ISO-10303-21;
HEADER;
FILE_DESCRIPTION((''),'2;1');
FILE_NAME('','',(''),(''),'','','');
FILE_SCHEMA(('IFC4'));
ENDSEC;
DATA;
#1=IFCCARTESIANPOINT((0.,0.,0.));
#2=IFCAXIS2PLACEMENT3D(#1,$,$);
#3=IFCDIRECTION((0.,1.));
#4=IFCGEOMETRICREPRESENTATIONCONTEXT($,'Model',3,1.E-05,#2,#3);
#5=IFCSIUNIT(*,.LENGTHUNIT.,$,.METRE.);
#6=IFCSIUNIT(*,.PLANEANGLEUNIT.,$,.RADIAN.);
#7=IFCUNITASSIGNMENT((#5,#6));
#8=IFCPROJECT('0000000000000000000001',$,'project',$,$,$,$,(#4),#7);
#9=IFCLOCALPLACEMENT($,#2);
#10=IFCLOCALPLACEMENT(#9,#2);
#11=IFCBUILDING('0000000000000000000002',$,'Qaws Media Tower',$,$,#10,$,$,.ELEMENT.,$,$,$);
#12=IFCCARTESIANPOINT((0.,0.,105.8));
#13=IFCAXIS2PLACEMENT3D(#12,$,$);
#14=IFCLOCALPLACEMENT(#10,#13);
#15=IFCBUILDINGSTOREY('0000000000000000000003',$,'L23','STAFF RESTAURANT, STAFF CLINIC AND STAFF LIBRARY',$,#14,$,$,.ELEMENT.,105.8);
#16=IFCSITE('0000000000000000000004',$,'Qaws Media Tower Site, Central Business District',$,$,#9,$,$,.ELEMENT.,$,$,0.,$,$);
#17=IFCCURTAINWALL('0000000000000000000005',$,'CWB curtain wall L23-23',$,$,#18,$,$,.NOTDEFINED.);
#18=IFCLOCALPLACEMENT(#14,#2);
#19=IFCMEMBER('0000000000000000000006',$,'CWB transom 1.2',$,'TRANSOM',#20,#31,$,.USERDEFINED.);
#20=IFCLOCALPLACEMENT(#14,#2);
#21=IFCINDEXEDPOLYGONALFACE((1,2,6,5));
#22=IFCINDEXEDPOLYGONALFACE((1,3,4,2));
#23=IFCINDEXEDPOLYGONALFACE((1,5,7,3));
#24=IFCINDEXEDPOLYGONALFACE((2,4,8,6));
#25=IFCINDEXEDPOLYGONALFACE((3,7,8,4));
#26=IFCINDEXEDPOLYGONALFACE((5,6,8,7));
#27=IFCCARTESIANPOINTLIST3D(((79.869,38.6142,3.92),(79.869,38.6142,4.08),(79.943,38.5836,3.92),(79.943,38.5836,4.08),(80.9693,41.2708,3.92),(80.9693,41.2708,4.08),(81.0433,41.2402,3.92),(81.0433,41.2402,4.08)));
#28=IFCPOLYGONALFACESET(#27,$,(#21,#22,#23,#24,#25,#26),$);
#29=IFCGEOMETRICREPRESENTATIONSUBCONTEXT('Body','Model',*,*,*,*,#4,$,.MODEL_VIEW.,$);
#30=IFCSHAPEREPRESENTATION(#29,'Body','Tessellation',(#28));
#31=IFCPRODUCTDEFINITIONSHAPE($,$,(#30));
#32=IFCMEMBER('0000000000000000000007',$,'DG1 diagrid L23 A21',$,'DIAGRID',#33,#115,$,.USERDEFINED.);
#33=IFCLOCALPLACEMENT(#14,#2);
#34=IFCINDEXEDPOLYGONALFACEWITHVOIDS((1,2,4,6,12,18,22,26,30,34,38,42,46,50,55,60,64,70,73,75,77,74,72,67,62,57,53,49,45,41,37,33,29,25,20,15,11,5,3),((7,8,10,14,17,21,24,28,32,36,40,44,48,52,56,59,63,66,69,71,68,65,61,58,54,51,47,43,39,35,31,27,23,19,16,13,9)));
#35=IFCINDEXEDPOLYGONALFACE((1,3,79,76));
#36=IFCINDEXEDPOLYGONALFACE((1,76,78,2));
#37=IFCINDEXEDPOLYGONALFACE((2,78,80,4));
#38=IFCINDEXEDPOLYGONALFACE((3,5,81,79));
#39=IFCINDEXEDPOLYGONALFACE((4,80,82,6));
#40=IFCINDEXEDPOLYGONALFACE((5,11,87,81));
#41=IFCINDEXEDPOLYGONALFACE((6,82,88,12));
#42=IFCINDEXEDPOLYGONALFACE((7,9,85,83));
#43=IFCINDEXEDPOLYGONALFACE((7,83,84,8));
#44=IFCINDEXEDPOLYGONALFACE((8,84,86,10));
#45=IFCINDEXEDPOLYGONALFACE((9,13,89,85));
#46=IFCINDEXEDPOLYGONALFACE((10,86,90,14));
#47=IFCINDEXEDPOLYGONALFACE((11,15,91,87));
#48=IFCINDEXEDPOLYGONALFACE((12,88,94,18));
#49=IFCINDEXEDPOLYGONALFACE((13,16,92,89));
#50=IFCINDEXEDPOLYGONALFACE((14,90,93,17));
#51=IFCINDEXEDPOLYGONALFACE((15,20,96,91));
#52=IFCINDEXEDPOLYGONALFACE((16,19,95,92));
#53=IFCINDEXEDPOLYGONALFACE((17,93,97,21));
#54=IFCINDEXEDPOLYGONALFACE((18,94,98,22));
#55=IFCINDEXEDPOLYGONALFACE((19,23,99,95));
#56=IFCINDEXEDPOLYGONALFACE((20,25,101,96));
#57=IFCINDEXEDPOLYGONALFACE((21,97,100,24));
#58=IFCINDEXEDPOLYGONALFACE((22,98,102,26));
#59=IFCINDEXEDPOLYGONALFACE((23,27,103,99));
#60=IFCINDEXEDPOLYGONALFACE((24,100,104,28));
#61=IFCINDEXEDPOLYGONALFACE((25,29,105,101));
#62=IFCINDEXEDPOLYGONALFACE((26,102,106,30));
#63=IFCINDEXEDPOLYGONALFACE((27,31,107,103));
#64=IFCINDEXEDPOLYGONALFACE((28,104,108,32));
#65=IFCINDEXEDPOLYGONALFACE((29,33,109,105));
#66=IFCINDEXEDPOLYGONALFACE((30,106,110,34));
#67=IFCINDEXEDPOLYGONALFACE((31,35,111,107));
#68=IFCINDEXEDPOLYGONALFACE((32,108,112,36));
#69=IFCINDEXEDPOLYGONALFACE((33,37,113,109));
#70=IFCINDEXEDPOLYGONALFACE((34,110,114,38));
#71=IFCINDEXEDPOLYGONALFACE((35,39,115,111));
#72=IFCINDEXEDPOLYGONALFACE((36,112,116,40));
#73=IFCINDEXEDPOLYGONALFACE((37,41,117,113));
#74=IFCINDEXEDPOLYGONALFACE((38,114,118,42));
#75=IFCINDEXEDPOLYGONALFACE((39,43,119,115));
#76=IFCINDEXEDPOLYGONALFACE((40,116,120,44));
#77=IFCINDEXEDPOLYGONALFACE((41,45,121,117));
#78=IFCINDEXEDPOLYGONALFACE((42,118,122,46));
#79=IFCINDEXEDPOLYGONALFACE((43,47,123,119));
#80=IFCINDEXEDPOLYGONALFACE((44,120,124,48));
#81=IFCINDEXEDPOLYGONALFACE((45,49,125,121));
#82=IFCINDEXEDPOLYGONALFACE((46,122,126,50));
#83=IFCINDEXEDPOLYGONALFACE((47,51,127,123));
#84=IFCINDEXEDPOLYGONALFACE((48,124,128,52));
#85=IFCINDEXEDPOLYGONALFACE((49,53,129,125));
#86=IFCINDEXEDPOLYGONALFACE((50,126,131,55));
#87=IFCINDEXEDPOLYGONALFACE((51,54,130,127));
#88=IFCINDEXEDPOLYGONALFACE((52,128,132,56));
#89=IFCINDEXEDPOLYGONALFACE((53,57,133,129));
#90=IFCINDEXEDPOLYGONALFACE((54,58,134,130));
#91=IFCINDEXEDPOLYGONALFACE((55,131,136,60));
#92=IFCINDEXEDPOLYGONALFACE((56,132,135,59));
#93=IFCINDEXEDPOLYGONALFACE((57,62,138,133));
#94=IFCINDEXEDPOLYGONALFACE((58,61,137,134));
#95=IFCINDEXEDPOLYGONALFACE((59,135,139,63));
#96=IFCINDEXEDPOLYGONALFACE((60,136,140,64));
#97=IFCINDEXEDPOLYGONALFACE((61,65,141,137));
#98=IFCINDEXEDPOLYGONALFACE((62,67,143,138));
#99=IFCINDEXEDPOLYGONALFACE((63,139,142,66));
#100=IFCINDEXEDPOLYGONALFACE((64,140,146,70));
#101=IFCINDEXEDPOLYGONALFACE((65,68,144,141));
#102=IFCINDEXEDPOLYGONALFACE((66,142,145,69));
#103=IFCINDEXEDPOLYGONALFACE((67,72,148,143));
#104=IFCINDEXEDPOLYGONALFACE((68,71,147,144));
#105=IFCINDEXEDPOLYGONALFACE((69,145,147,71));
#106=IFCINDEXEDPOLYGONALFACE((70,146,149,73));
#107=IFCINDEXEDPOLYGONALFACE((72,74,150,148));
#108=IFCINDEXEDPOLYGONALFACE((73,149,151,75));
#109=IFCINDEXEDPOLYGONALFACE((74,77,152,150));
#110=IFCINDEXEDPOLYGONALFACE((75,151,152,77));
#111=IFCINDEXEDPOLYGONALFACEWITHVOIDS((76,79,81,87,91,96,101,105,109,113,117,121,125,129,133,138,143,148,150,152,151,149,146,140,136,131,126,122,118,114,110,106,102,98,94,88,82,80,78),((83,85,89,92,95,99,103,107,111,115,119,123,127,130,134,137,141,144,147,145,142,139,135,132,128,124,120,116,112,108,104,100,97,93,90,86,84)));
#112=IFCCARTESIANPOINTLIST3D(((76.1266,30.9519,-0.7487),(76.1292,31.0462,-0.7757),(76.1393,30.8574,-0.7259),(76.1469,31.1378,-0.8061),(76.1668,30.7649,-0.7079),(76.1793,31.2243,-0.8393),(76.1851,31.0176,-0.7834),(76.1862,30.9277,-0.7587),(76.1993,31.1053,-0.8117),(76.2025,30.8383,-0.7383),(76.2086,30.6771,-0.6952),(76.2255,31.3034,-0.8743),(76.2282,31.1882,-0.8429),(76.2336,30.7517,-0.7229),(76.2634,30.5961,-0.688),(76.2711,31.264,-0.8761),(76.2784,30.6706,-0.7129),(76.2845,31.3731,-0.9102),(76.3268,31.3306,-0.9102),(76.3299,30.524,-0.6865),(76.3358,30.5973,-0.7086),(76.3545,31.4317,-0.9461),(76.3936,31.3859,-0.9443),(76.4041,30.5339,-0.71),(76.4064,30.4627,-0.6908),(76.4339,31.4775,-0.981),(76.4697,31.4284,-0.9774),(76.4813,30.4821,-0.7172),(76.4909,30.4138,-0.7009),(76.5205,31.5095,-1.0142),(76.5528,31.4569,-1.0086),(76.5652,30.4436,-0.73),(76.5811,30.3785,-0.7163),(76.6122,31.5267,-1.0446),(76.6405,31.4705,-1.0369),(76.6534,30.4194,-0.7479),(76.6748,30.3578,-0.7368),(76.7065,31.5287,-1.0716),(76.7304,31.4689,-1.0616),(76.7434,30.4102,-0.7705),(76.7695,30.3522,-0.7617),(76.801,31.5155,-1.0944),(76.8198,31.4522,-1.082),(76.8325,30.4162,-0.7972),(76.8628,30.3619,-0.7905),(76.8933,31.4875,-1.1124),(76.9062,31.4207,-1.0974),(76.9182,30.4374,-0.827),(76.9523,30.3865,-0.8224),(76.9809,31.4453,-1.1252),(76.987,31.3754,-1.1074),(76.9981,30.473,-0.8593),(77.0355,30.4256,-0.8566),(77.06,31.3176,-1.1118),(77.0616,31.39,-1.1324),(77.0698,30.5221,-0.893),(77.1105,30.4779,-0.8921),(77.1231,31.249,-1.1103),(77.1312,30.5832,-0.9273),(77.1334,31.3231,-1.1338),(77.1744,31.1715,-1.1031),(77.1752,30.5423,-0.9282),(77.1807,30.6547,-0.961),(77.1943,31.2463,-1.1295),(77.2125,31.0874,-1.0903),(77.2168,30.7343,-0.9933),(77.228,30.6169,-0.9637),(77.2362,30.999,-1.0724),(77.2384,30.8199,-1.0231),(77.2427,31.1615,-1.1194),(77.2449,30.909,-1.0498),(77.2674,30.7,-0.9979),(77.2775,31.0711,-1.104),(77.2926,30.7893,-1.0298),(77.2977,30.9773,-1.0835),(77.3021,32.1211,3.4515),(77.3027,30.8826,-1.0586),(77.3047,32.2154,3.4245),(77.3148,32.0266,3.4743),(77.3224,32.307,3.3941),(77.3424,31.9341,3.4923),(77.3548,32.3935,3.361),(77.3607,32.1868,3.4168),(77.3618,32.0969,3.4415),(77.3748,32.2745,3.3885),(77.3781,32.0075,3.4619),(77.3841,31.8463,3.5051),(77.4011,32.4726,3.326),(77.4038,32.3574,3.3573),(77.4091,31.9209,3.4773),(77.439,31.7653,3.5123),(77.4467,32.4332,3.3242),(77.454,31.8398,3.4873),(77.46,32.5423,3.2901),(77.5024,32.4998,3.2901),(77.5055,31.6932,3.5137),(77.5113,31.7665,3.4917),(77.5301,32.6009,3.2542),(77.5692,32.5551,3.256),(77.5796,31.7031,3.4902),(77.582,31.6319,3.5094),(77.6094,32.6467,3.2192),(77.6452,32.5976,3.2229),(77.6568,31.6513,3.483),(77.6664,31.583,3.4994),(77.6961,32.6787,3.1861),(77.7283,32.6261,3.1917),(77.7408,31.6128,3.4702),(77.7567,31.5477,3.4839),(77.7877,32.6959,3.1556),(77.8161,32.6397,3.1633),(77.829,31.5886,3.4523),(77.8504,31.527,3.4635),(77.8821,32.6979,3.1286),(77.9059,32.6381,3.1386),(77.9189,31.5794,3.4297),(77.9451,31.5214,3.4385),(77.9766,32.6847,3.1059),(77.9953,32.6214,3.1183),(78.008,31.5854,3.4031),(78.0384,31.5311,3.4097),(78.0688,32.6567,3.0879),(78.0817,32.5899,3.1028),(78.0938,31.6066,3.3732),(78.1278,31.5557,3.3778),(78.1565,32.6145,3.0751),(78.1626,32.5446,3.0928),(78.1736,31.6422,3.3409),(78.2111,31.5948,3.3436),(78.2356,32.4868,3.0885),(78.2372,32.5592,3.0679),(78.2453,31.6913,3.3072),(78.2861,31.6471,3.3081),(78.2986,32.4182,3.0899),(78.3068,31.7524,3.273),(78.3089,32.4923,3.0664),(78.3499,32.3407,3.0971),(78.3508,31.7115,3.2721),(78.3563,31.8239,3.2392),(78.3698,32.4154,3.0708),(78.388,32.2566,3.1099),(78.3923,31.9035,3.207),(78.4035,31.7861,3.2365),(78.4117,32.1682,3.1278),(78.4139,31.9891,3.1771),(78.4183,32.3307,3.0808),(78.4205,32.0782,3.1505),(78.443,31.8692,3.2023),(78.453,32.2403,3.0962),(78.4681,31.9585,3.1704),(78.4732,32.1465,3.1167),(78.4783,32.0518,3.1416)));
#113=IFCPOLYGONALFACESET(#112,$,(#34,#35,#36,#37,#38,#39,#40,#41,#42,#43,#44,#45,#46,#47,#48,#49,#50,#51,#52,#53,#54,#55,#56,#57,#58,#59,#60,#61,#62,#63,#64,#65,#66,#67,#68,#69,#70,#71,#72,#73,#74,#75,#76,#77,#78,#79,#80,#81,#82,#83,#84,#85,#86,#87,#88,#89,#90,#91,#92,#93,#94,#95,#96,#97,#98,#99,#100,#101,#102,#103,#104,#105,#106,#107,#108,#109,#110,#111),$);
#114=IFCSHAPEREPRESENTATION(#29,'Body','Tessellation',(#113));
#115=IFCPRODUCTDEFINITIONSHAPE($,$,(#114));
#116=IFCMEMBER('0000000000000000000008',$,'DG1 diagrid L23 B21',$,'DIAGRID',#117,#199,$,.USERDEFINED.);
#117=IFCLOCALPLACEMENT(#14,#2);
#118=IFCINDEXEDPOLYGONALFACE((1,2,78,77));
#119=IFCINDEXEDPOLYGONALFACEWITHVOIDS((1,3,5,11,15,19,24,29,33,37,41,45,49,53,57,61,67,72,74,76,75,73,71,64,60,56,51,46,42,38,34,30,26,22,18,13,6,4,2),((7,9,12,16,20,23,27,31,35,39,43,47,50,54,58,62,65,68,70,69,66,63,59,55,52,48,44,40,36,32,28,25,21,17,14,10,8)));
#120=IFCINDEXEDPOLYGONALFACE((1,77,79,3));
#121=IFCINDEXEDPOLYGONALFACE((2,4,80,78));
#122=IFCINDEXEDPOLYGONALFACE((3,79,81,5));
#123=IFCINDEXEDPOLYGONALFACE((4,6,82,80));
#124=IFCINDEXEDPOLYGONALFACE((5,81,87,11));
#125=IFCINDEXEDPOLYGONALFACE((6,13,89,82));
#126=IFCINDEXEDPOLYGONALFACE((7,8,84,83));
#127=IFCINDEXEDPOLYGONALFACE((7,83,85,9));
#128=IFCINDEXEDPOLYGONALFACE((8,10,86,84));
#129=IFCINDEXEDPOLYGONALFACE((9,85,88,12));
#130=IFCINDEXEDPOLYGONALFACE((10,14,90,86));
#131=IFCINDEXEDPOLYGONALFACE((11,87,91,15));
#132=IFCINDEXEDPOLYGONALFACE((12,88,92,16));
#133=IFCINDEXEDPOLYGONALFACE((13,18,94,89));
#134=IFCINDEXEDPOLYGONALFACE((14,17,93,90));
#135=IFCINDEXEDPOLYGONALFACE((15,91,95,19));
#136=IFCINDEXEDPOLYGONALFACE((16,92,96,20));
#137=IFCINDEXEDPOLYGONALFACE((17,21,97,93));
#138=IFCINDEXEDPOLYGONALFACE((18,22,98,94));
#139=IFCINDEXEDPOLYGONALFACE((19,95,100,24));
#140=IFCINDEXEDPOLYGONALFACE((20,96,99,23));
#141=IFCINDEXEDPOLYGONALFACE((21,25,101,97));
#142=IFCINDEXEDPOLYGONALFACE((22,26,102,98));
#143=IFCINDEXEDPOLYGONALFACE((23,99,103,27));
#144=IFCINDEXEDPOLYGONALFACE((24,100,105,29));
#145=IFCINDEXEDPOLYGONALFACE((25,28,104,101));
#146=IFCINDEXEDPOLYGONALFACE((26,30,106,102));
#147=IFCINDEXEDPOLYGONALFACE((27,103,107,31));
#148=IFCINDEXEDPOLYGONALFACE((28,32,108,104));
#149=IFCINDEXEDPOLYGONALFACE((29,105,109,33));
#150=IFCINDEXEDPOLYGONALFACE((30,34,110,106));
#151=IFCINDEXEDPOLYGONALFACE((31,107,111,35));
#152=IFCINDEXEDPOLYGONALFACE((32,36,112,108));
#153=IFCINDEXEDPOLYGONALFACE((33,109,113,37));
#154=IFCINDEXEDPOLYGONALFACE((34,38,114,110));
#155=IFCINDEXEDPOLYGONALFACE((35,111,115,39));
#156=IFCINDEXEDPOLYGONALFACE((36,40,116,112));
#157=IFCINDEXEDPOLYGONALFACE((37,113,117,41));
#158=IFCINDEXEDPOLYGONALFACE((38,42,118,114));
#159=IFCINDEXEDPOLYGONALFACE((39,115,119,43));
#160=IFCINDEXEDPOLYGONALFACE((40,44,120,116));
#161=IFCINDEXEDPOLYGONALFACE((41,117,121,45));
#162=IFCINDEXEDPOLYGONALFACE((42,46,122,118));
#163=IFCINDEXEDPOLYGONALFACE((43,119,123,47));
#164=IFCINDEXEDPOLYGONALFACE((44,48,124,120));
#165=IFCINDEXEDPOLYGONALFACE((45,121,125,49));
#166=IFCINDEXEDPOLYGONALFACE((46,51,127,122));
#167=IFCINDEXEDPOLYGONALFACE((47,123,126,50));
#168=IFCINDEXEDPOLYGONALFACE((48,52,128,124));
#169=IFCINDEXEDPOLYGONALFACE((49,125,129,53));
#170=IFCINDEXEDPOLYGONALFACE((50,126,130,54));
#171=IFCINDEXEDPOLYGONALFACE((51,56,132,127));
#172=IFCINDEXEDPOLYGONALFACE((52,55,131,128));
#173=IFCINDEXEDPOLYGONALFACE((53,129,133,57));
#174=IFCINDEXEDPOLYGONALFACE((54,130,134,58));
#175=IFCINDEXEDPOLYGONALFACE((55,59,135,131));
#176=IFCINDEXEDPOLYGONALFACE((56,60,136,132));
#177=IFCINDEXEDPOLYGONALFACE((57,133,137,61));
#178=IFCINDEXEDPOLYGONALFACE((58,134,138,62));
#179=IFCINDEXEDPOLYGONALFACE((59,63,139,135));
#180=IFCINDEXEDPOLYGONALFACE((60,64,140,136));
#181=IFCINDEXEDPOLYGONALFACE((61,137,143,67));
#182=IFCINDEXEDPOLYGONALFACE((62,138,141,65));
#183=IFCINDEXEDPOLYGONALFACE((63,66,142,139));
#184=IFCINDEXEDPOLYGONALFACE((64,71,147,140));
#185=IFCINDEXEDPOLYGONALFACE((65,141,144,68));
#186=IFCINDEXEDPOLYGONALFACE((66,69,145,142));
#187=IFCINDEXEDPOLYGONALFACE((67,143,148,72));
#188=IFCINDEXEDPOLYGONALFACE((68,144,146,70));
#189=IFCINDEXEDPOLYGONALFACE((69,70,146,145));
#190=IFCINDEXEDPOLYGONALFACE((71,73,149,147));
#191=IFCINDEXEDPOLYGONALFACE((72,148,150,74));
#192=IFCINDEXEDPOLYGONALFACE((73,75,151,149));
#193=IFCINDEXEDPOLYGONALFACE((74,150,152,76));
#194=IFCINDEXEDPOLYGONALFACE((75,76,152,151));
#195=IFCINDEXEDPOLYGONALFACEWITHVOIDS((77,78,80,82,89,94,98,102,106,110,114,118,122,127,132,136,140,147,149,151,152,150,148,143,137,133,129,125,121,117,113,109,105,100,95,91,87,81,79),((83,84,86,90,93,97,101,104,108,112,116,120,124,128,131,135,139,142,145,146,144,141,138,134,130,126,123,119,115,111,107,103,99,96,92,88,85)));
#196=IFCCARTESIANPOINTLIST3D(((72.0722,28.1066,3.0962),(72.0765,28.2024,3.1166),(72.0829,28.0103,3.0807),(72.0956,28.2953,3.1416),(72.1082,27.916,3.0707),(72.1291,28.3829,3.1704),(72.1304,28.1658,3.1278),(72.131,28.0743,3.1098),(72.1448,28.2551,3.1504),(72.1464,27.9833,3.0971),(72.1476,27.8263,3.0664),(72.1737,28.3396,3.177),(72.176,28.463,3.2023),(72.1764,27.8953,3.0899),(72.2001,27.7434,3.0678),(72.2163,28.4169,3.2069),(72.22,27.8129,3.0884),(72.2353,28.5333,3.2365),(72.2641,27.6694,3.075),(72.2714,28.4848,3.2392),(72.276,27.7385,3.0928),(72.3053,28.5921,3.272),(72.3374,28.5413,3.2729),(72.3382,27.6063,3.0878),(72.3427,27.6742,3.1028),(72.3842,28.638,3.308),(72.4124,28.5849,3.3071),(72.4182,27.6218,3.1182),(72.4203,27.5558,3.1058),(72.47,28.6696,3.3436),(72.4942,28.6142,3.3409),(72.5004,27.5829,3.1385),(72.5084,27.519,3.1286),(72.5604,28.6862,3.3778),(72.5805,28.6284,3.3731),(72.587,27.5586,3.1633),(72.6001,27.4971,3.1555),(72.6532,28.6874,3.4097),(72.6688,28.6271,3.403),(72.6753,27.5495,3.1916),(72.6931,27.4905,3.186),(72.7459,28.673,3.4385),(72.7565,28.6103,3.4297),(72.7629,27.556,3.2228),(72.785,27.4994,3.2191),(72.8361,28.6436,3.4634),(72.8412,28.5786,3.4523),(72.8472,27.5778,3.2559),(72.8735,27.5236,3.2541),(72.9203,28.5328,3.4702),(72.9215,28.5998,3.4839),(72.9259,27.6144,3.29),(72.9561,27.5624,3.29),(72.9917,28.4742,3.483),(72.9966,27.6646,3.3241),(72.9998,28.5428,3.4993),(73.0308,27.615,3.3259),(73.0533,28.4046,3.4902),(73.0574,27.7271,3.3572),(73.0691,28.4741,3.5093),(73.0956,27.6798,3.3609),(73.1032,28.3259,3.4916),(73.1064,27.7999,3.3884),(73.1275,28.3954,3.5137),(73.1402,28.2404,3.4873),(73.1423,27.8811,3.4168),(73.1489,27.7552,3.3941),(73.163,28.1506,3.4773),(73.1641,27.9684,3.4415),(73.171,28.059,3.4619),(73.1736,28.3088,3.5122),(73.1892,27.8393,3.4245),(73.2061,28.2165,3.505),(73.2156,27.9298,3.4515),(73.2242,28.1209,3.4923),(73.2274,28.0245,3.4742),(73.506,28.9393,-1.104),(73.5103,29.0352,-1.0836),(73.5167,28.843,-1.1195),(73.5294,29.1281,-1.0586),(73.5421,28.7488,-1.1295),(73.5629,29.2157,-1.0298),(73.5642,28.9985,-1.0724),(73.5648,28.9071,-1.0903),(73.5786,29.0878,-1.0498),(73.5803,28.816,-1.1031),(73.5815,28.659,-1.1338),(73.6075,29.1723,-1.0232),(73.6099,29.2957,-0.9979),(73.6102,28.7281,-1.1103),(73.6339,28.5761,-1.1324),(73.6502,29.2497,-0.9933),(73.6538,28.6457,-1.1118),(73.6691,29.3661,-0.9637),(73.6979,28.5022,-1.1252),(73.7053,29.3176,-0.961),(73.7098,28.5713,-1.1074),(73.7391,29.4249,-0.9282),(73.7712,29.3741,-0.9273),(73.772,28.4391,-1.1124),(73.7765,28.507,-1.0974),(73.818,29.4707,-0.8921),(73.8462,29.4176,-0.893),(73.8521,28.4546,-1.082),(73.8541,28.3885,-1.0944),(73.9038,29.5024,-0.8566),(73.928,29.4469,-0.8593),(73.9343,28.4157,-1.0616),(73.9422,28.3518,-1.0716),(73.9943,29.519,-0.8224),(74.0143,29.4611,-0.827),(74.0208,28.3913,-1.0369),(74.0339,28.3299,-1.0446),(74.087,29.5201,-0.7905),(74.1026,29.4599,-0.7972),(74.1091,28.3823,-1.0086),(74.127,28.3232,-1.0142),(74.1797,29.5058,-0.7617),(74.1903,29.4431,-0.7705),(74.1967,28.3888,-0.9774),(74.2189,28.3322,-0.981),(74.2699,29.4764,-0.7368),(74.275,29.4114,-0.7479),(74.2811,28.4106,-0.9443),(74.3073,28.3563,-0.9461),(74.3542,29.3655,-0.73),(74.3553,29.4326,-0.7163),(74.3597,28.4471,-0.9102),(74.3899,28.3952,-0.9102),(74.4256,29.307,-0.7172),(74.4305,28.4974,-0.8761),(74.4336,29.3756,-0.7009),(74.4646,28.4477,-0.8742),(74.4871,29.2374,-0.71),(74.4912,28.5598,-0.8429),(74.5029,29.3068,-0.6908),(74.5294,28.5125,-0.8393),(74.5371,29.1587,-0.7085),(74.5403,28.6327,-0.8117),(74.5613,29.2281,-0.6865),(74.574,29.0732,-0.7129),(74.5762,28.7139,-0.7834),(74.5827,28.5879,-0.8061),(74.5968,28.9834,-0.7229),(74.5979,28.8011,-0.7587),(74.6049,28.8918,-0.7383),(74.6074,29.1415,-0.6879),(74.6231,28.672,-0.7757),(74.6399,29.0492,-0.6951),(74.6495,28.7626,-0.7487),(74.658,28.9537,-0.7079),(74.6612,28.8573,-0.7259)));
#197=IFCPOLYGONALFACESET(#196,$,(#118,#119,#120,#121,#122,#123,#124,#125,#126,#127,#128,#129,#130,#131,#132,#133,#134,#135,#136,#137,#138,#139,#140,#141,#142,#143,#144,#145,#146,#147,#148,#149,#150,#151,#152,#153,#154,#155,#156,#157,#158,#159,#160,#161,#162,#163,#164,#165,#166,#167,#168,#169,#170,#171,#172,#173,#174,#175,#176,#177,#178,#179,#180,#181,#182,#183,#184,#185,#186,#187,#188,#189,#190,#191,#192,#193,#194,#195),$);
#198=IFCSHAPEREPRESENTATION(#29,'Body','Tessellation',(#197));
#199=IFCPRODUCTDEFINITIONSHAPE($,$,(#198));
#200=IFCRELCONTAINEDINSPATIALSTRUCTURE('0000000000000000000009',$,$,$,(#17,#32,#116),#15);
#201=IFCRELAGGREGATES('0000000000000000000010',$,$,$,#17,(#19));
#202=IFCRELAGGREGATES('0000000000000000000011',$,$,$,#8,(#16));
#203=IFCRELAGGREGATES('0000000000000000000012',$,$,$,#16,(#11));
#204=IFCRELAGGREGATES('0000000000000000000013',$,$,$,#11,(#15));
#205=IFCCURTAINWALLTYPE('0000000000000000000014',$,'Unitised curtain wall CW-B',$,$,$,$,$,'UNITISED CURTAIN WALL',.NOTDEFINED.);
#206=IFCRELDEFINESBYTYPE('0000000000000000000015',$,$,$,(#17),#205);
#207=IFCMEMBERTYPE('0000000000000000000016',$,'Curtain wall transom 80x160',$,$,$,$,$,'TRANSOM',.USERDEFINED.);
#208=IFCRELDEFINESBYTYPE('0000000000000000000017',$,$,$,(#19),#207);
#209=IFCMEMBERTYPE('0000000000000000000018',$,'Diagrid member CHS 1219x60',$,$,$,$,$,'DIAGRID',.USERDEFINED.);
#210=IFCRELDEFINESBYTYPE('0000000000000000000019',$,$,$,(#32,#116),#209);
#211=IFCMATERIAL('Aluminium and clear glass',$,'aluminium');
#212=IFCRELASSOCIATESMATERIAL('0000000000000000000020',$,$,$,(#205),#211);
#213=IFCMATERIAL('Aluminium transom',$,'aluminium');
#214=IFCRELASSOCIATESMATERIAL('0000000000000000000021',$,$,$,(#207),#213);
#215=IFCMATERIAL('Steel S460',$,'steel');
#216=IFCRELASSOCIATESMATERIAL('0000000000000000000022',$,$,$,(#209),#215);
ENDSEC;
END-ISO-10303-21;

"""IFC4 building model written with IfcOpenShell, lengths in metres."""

from ifc_helpers import new_model, si_unit, direction, frame, origin, origin_2d, place, context, subcontext, project, spatial, rectangle, hollow_circle, extrude, material, material_profile, profile_set, type_object, element, aggregate, save


model = new_model("IFC4")

# Units and contexts
model_context = context("Model", 3, precision=1e-05, world=origin(), true_north=direction((0.0, 1.0)))
body_context = subcontext(model_context, "Body", "Model", "MODEL_VIEW")
ifc_project = project(units=[si_unit("LENGTHUNIT", "METRE"), si_unit("PLANEANGLEUNIT", "RADIAN")], contexts=[model_context])

# Site, building, storey
site_placement = place(None, origin())
site = spatial("IfcSite", under=ifc_project, at=site_placement, Name="Qaws Media Tower Site, Central Business District", CompositionType="ELEMENT", RefElevation=0.0)
building_placement = place(site_placement, origin())
building = spatial("IfcBuilding", under=site, at=building_placement, Name="Qaws Media Tower", CompositionType="ELEMENT")
storey_placement = place(building_placement, frame((0.0, 0.0, 105.8)))
storey = spatial("IfcBuildingStorey", under=building, at=storey_placement, Name="L23", Description="STAFF RESTAURANT, STAFF CLINIC AND STAFF LIBRARY", CompositionType="ELEMENT", Elevation=105.8)

# Shared definitions
ifc_material_1 = material(Name="Aluminium and clear glass", Category="aluminium")
curtain_wall_type = type_object("IfcCurtainWallType", Name="Unitised curtain wall CW-B", ElementType="UNITISED CURTAIN WALL", PredefinedType="NOTDEFINED", material=ifc_material_1)

# Curtain wall
curtain_wall_1_placement = place(storey_placement, origin())
curtain_wall_1 = element("IfcCurtainWall", 1, at=curtain_wall_1_placement, inside=storey, type_object=curtain_wall_type, Name="CWB curtain wall L23-23", PredefinedType="NOTDEFINED")

# Member
ifc_material_2 = material(Name="Aluminium transom", Category="aluminium")
ifc_material_profile_1 = material_profile(ifc_material_2, rectangle(XDim=0.0801, YDim=0.1599, at=origin_2d()), Name="80x160")
ifc_profile_set_1 = profile_set([ifc_material_profile_1], Name="Aluminium transom")
member_type_1 = type_object("IfcMemberType", Name="Curtain wall transom 80x160", ElementType="TRANSOM", PredefinedType="USERDEFINED", material=ifc_profile_set_1)
member_1_placement = place(storey_placement, frame((79.906, 38.5989, 4.0), z_axis=(0.382649, 0.923894, 0.0), x_axis=(-0.923894, 0.382649, 0.0)))
member_1 = element("IfcMember", 2, at=member_1_placement, type_object=member_type_1, Name="CWB transom 1.2", ObjectType="TRANSOM", PredefinedType="USERDEFINED", context=body_context, shape_type="SweptSolid", body=[
    extrude(rectangle(XDim=0.0801, YDim=0.1599, at=origin_2d()), origin(), (0.0, 0.0, 1.0), 2.8755),
])
aggregate(curtain_wall_1, [member_1])

# Members
ifc_material_3 = material(Name="Steel S460", Category="steel")
ifc_material_profile_2 = material_profile(ifc_material_3, hollow_circle(Radius=0.6096, WallThickness=0.0601, at=origin_2d()), Name="CHS 1219x60")
ifc_profile_set_2 = profile_set([ifc_material_profile_2], Name="Steel S460")
member_type_2 = type_object("IfcMemberType", Name="Diagrid member CHS 1219x60", ElementType="DIAGRID", PredefinedType="USERDEFINED", material=ifc_profile_set_2)
for number, where, z_axis, x_axis, name in (
    (3, (76.7144, 30.9409, -0.9102), (0.260329, 0.258923, 0.930155), (-0.70519, 0.709018, 0.0), "DG1 diagrid L23 A21"),
    (4, (74.0837, 28.9224, -0.9102), (-0.317527, -0.184418, 0.930143), (0.502231, -0.864733, 0.0), "DG1 diagrid L23 B21"),
):
    element("IfcMember", number, at=place(storey_placement, frame(where, z_axis=z_axis, x_axis=x_axis)), inside=storey, type_object=member_type_2, Name=name, ObjectType="DIAGRID", PredefinedType="USERDEFINED", context=body_context, shape_type="SweptSolid", body=[
        extrude(hollow_circle(Radius=0.6096, WallThickness=0.0601, at=origin_2d()), origin(), (0.0, 0.0, 1.0), 4.5156),
    ])

save(model, "model.ifc")
